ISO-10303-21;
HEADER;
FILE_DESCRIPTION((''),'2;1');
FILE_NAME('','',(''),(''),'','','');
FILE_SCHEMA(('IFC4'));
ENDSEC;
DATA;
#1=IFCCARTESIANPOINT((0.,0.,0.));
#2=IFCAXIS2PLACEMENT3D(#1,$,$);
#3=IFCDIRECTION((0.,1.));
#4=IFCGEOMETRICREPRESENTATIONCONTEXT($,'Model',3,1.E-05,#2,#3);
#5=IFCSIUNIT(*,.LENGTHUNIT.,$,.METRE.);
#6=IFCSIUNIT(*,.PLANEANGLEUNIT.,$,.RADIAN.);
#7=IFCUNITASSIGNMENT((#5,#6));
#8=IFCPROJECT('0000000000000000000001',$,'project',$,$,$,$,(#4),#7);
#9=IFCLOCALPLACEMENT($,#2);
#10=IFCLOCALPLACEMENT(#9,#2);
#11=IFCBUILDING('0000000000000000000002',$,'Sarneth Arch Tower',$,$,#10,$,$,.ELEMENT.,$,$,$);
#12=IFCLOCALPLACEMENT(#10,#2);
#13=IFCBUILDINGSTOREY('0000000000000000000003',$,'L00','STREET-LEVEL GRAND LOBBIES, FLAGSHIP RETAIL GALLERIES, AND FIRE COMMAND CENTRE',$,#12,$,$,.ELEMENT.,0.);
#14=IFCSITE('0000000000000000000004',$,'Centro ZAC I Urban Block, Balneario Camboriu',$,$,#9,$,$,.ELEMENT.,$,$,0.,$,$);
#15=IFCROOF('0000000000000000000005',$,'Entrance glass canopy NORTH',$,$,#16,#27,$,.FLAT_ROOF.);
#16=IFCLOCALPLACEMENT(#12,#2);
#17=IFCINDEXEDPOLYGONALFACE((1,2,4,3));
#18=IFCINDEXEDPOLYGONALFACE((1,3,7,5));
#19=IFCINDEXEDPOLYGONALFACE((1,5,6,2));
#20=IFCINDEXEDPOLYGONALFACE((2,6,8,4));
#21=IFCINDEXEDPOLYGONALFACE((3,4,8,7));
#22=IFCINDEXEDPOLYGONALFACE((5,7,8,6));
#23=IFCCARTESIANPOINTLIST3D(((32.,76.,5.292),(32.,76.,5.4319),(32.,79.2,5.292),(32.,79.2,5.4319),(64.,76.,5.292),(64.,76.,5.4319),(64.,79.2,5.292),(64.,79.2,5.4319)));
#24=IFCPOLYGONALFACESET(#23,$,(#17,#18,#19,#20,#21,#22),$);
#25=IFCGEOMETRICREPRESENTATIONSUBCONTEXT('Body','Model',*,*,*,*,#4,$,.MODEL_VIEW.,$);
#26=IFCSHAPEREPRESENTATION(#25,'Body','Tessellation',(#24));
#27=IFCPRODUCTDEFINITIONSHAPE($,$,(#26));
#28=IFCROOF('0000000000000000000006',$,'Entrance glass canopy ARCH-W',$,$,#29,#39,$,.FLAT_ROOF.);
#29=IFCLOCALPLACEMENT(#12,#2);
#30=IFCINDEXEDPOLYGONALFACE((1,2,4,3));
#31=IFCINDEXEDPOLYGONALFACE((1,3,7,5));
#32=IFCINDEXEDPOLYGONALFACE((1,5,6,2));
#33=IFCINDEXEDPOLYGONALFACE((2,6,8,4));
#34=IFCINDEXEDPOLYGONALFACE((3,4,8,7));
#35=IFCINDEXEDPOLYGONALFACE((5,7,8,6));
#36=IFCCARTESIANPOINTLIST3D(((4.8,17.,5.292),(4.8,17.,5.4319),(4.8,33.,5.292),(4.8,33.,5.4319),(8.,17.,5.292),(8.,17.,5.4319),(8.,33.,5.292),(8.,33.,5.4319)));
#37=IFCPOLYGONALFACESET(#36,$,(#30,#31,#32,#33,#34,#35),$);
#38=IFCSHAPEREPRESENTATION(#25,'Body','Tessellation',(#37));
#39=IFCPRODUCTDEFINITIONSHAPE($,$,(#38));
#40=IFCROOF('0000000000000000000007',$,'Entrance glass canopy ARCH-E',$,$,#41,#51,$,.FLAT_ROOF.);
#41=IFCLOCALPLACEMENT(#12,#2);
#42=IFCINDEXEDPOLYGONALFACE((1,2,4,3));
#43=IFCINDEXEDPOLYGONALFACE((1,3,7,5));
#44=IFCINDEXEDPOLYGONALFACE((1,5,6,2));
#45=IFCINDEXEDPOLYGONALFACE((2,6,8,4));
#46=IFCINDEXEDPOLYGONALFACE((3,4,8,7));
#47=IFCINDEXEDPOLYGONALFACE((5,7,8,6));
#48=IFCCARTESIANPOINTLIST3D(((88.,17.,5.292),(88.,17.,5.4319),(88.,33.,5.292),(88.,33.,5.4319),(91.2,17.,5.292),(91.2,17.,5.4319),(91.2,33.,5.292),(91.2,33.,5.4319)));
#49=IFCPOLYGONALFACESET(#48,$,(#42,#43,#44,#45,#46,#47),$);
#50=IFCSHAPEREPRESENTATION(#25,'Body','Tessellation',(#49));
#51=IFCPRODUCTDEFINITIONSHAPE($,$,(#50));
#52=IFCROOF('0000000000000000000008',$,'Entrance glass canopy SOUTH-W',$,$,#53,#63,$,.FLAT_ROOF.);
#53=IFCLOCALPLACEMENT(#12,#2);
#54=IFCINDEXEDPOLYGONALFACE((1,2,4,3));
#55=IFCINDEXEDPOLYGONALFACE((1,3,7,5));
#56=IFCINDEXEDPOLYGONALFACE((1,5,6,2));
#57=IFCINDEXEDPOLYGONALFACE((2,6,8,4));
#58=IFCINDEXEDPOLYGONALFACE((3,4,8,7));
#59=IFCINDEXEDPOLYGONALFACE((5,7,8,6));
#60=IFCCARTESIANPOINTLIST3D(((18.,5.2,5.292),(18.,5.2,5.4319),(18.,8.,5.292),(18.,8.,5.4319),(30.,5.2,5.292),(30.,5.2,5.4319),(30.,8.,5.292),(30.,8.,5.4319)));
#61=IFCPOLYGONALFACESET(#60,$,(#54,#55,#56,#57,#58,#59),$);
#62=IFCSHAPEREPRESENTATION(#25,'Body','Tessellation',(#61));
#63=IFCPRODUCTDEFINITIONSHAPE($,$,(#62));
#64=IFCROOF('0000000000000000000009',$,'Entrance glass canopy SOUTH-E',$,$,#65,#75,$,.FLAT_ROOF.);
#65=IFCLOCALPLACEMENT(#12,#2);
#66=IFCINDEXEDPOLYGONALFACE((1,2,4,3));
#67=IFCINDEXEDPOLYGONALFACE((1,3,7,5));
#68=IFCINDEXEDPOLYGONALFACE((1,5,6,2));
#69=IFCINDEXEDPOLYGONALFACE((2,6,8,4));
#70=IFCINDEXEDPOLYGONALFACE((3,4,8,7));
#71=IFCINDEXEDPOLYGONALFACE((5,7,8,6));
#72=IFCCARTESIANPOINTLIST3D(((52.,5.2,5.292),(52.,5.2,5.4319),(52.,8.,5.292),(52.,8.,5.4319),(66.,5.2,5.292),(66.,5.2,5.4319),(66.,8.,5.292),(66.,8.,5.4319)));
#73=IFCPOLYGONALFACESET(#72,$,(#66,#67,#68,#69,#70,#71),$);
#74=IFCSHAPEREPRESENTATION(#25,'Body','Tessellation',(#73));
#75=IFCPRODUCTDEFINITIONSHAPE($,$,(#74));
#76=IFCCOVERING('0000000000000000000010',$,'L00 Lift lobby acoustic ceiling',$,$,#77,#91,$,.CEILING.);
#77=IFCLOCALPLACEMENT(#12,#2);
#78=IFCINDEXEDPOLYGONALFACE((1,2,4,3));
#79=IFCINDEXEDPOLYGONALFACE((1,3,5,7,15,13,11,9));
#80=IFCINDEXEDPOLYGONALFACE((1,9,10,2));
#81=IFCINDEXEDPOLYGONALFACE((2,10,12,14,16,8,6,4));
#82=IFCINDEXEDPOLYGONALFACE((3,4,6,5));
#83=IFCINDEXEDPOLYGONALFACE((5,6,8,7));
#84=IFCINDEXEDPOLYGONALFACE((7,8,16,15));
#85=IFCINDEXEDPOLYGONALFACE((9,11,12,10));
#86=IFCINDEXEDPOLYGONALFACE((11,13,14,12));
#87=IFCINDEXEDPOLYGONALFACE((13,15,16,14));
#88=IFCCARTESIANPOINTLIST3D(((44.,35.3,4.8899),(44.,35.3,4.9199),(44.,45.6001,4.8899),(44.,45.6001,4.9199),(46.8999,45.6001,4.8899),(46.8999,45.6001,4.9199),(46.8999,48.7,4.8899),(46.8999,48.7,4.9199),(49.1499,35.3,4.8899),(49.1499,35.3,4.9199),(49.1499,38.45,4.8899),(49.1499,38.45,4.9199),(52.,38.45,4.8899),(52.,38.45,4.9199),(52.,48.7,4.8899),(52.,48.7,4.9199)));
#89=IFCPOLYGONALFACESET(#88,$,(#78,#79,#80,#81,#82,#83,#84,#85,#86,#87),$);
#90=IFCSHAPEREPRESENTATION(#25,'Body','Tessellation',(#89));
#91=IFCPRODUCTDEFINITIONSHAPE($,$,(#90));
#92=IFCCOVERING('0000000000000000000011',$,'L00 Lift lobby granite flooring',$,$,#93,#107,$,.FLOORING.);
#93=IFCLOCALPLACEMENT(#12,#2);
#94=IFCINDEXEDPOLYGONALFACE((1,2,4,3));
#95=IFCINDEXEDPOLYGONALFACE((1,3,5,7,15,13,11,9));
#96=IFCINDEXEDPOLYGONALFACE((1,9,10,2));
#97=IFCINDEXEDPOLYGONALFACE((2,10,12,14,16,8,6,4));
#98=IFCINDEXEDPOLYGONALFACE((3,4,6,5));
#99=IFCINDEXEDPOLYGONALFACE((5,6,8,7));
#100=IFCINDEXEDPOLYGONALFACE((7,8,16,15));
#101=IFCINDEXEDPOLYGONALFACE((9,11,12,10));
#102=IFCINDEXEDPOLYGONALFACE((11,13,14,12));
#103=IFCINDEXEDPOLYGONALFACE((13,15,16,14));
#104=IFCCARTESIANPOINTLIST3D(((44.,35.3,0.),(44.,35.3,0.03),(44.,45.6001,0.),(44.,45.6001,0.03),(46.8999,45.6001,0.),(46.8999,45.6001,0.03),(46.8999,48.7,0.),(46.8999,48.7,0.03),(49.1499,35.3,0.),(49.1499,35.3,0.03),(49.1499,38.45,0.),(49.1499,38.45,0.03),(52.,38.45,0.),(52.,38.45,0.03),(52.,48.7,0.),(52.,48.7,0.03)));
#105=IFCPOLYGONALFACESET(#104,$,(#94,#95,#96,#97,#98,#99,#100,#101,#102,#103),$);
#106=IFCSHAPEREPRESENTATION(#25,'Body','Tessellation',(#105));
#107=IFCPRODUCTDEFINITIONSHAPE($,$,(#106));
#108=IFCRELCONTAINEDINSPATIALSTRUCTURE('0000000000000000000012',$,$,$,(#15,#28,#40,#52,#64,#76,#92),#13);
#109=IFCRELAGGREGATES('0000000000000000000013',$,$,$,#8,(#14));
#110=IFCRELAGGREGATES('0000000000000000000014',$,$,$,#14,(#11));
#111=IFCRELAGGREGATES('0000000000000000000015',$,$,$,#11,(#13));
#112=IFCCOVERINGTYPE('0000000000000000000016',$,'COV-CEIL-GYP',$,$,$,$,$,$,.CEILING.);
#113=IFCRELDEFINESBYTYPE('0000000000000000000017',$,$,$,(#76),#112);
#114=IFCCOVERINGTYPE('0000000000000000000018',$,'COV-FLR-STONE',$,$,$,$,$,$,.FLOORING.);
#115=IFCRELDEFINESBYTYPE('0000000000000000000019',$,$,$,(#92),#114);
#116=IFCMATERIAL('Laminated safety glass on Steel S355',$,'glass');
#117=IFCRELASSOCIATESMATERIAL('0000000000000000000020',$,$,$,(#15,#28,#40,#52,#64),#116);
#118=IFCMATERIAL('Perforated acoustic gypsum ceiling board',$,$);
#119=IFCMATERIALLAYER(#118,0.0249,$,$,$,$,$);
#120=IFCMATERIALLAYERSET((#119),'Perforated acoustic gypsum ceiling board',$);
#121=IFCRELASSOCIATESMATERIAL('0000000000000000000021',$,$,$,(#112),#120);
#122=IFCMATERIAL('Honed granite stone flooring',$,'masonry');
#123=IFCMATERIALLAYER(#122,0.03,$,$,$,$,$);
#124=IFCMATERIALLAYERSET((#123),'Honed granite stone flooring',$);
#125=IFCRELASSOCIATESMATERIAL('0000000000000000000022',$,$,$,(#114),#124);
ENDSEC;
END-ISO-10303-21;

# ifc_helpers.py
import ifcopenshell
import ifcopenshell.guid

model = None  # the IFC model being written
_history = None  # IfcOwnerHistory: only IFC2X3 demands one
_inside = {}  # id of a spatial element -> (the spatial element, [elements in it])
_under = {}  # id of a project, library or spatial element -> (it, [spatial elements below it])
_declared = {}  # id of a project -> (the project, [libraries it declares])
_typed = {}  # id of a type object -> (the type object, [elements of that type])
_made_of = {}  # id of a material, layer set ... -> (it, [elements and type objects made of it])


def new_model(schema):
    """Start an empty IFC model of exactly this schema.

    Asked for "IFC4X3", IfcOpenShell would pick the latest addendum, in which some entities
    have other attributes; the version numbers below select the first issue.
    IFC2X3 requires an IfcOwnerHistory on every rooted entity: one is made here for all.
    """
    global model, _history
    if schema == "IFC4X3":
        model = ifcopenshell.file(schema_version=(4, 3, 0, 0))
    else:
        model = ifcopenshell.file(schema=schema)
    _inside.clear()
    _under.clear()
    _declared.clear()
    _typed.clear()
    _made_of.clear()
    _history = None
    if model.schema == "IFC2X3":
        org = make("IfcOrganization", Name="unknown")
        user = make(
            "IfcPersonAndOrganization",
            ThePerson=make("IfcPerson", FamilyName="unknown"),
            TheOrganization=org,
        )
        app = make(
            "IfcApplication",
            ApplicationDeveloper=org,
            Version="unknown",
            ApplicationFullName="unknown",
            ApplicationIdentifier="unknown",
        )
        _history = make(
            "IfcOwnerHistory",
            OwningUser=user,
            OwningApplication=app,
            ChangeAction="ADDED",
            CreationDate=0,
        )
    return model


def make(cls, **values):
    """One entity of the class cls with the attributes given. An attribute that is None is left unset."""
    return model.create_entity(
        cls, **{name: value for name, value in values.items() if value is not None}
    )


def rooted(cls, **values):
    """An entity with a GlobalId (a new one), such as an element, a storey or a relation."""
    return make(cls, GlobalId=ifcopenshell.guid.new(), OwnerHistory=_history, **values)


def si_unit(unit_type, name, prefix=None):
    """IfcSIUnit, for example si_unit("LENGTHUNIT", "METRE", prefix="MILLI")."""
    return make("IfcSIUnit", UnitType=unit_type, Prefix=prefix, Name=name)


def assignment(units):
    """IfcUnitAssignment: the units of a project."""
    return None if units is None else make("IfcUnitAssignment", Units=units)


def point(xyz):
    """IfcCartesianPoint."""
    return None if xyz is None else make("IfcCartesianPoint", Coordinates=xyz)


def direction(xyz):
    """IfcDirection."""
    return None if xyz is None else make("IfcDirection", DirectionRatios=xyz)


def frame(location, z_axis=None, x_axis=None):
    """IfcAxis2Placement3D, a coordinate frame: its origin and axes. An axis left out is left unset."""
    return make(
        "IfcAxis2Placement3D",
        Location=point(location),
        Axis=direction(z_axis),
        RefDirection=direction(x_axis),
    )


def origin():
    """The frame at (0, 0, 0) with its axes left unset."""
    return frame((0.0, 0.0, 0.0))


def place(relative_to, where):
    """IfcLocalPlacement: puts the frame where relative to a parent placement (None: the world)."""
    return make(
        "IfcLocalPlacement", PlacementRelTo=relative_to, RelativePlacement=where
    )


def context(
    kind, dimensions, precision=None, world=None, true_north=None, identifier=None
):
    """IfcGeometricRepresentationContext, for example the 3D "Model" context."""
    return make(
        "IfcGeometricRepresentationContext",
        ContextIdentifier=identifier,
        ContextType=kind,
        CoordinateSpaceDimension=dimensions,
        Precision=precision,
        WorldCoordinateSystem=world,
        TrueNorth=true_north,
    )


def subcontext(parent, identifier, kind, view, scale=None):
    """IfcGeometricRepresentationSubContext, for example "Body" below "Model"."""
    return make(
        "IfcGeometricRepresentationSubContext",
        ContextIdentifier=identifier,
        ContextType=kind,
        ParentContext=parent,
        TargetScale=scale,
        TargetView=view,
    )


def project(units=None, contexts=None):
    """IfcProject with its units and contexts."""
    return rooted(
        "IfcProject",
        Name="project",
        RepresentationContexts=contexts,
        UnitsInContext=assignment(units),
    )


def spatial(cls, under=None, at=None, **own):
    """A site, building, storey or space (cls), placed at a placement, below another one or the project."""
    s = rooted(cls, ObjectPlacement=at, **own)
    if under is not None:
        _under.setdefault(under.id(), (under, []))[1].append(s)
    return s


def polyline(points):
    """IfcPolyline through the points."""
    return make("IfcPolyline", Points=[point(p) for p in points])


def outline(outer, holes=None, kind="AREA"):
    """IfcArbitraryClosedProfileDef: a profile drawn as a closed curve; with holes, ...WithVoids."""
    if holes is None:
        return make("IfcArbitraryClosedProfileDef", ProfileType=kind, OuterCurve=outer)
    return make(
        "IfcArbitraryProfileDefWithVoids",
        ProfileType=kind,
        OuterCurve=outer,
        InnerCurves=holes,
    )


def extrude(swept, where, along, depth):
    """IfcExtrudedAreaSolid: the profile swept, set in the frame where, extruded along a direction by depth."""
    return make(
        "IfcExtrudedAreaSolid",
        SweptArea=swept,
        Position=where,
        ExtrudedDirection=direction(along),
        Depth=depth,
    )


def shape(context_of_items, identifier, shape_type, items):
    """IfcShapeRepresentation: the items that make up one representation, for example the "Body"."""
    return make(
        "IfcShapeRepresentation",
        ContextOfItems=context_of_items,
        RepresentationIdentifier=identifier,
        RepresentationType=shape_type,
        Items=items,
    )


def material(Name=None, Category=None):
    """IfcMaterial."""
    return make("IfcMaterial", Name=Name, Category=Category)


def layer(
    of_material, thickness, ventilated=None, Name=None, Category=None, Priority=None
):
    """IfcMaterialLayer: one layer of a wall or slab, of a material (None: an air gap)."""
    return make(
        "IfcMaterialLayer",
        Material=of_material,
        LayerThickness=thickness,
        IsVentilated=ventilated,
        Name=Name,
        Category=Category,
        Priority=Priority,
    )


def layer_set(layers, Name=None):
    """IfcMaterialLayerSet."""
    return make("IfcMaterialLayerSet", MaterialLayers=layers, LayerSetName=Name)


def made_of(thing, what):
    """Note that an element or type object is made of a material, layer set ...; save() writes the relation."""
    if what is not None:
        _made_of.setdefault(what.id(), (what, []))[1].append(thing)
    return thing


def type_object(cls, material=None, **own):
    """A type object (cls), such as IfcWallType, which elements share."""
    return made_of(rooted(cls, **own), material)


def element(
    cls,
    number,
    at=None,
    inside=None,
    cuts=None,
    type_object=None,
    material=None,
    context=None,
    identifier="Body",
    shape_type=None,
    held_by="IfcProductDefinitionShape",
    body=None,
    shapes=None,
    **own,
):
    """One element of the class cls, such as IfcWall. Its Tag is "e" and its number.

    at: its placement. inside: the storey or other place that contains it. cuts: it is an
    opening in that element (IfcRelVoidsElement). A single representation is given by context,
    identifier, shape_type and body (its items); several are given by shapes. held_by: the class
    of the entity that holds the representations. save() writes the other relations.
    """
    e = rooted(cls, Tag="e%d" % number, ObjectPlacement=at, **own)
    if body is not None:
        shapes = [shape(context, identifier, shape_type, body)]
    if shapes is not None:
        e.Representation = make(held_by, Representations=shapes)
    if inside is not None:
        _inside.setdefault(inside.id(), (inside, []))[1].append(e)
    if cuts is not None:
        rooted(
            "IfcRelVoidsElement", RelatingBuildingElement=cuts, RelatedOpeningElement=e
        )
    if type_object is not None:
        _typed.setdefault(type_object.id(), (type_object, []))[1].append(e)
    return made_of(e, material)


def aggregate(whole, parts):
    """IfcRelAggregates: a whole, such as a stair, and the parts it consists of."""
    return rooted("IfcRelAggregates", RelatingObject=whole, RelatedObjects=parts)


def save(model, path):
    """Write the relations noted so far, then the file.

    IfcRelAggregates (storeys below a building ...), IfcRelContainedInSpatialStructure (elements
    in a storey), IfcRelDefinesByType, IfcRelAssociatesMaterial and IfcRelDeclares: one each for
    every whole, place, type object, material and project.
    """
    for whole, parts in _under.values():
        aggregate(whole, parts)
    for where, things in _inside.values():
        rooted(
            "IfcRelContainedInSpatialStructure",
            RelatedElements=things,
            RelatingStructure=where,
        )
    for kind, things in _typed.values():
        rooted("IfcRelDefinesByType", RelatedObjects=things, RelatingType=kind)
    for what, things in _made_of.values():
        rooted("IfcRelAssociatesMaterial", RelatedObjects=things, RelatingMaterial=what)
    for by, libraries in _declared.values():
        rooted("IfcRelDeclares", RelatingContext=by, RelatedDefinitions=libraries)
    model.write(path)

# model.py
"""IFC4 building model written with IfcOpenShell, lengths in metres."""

from ifc_helpers import new_model, si_unit, direction, frame, origin, place, context, subcontext, project, spatial, polyline, outline, extrude, material, layer, layer_set, type_object, element, save


model = new_model("IFC4")

# Units and contexts
model_context = context("Model", 3, precision=1e-05, world=origin(), true_north=direction((0.0, 1.0)))
body_context = subcontext(model_context, "Body", "Model", "MODEL_VIEW")
ifc_project = project(units=[si_unit("LENGTHUNIT", "METRE"), si_unit("PLANEANGLEUNIT", "RADIAN")], contexts=[model_context])

# Site, building, storey
site_placement = place(None, origin())
site = spatial("IfcSite", under=ifc_project, at=site_placement, Name="Centro ZAC I Urban Block, Balneario Camboriu", CompositionType="ELEMENT", RefElevation=0.0)
building_placement = place(site_placement, origin())
building = spatial("IfcBuilding", under=site, at=building_placement, Name="Sarneth Arch Tower", CompositionType="ELEMENT")
storey_placement = place(building_placement, origin())
storey = spatial("IfcBuildingStorey", under=building, at=storey_placement, Name="L00", Description="STREET-LEVEL GRAND LOBBIES, FLAGSHIP RETAIL GALLERIES, AND FIRE COMMAND CENTRE", CompositionType="ELEMENT", Elevation=0.0)

# Roofs
ifc_material_1 = material(Name="Laminated safety glass on Steel S355", Category="glass")
roof_1_placement = place(storey_placement, frame((0.0, 0.0, 5.292)))
element("IfcRoof", 1, at=roof_1_placement, inside=storey, material=ifc_material_1, Name="Entrance glass canopy NORTH", PredefinedType="FLAT_ROOF", context=body_context, shape_type="SweptSolid", body=[
    extrude(outline(polyline([(32.0, 76.0), (64.0, 76.0), (64.0, 79.2), (32.0, 79.2), (32.0, 76.0)])), origin(), (0.0, 0.0, 1.0), 0.1399),
])
roof_2_placement = place(storey_placement, frame((0.0, 0.0, 5.292)))
element("IfcRoof", 2, at=roof_2_placement, inside=storey, material=ifc_material_1, Name="Entrance glass canopy ARCH-W", PredefinedType="FLAT_ROOF", context=body_context, shape_type="SweptSolid", body=[
    extrude(outline(polyline([(4.8, 17.0), (8.0, 17.0), (8.0, 33.0), (4.8, 33.0), (4.8, 17.0)])), origin(), (0.0, 0.0, 1.0), 0.1399),
])
roof_3_placement = place(storey_placement, frame((0.0, 0.0, 5.292)))
element("IfcRoof", 3, at=roof_3_placement, inside=storey, material=ifc_material_1, Name="Entrance glass canopy ARCH-E", PredefinedType="FLAT_ROOF", context=body_context, shape_type="SweptSolid", body=[
    extrude(outline(polyline([(88.0, 17.0), (91.2, 17.0), (91.2, 33.0), (88.0, 33.0), (88.0, 17.0)])), origin(), (0.0, 0.0, 1.0), 0.1399),
])
roof_4_placement = place(storey_placement, frame((0.0, 0.0, 5.292)))
element("IfcRoof", 4, at=roof_4_placement, inside=storey, material=ifc_material_1, Name="Entrance glass canopy SOUTH-W", PredefinedType="FLAT_ROOF", context=body_context, shape_type="SweptSolid", body=[
    extrude(outline(polyline([(18.0, 5.2), (30.0, 5.2), (30.0, 8.0), (18.0, 8.0), (18.0, 5.2)])), origin(), (0.0, 0.0, 1.0), 0.1399),
])
roof_5_placement = place(storey_placement, frame((0.0, 0.0, 5.292)))
element("IfcRoof", 5, at=roof_5_placement, inside=storey, material=ifc_material_1, Name="Entrance glass canopy SOUTH-E", PredefinedType="FLAT_ROOF", context=body_context, shape_type="SweptSolid", body=[
    extrude(outline(polyline([(52.0, 5.2), (66.0, 5.2), (66.0, 8.0), (52.0, 8.0), (52.0, 5.2)])), origin(), (0.0, 0.0, 1.0), 0.1399),
])

# Coverings
ifc_material_2 = material(Name="Perforated acoustic gypsum ceiling board")
ifc_layer_1 = layer(ifc_material_2, 0.0249)
ifc_layer_set_1 = layer_set([ifc_layer_1], Name="Perforated acoustic gypsum ceiling board")
covering_type_1 = type_object("IfcCoveringType", Name="COV-CEIL-GYP", PredefinedType="CEILING", material=ifc_layer_set_1)
covering_1_placement = place(storey_placement, frame((0.0, 0.0, 4.8899)))
element("IfcCovering", 6, at=covering_1_placement, inside=storey, type_object=covering_type_1, Name="L00 Lift lobby acoustic ceiling", PredefinedType="CEILING", context=body_context, shape_type="SweptSolid", body=[
    extrude(outline(polyline([(49.1499, 38.45), (49.1499, 35.3), (44.0, 35.3), (44.0, 45.6001), (46.8999, 45.6001), (46.8999, 48.7), (52.0, 48.7), (52.0, 38.45), (49.1499, 38.45)])), origin(), (0.0, 0.0, 1.0), 0.03),
])
ifc_material_3 = material(Name="Honed granite stone flooring", Category="masonry")
ifc_layer_2 = layer(ifc_material_3, 0.03)
ifc_layer_set_2 = layer_set([ifc_layer_2], Name="Honed granite stone flooring")
covering_type_2 = type_object("IfcCoveringType", Name="COV-FLR-STONE", PredefinedType="FLOORING", material=ifc_layer_set_2)
covering_2_placement = place(storey_placement, origin())
element("IfcCovering", 7, at=covering_2_placement, inside=storey, type_object=covering_type_2, Name="L00 Lift lobby granite flooring", PredefinedType="FLOORING", context=body_context, shape_type="SweptSolid", body=[
    extrude(outline(polyline([(49.1499, 38.45), (49.1499, 35.3), (44.0, 35.3), (44.0, 45.6001), (46.8999, 45.6001), (46.8999, 48.7), (52.0, 48.7), (52.0, 38.45), (49.1499, 38.45)])), origin(), (0.0, 0.0, 1.0), 0.03),
])

save(model, "model.ifc")
